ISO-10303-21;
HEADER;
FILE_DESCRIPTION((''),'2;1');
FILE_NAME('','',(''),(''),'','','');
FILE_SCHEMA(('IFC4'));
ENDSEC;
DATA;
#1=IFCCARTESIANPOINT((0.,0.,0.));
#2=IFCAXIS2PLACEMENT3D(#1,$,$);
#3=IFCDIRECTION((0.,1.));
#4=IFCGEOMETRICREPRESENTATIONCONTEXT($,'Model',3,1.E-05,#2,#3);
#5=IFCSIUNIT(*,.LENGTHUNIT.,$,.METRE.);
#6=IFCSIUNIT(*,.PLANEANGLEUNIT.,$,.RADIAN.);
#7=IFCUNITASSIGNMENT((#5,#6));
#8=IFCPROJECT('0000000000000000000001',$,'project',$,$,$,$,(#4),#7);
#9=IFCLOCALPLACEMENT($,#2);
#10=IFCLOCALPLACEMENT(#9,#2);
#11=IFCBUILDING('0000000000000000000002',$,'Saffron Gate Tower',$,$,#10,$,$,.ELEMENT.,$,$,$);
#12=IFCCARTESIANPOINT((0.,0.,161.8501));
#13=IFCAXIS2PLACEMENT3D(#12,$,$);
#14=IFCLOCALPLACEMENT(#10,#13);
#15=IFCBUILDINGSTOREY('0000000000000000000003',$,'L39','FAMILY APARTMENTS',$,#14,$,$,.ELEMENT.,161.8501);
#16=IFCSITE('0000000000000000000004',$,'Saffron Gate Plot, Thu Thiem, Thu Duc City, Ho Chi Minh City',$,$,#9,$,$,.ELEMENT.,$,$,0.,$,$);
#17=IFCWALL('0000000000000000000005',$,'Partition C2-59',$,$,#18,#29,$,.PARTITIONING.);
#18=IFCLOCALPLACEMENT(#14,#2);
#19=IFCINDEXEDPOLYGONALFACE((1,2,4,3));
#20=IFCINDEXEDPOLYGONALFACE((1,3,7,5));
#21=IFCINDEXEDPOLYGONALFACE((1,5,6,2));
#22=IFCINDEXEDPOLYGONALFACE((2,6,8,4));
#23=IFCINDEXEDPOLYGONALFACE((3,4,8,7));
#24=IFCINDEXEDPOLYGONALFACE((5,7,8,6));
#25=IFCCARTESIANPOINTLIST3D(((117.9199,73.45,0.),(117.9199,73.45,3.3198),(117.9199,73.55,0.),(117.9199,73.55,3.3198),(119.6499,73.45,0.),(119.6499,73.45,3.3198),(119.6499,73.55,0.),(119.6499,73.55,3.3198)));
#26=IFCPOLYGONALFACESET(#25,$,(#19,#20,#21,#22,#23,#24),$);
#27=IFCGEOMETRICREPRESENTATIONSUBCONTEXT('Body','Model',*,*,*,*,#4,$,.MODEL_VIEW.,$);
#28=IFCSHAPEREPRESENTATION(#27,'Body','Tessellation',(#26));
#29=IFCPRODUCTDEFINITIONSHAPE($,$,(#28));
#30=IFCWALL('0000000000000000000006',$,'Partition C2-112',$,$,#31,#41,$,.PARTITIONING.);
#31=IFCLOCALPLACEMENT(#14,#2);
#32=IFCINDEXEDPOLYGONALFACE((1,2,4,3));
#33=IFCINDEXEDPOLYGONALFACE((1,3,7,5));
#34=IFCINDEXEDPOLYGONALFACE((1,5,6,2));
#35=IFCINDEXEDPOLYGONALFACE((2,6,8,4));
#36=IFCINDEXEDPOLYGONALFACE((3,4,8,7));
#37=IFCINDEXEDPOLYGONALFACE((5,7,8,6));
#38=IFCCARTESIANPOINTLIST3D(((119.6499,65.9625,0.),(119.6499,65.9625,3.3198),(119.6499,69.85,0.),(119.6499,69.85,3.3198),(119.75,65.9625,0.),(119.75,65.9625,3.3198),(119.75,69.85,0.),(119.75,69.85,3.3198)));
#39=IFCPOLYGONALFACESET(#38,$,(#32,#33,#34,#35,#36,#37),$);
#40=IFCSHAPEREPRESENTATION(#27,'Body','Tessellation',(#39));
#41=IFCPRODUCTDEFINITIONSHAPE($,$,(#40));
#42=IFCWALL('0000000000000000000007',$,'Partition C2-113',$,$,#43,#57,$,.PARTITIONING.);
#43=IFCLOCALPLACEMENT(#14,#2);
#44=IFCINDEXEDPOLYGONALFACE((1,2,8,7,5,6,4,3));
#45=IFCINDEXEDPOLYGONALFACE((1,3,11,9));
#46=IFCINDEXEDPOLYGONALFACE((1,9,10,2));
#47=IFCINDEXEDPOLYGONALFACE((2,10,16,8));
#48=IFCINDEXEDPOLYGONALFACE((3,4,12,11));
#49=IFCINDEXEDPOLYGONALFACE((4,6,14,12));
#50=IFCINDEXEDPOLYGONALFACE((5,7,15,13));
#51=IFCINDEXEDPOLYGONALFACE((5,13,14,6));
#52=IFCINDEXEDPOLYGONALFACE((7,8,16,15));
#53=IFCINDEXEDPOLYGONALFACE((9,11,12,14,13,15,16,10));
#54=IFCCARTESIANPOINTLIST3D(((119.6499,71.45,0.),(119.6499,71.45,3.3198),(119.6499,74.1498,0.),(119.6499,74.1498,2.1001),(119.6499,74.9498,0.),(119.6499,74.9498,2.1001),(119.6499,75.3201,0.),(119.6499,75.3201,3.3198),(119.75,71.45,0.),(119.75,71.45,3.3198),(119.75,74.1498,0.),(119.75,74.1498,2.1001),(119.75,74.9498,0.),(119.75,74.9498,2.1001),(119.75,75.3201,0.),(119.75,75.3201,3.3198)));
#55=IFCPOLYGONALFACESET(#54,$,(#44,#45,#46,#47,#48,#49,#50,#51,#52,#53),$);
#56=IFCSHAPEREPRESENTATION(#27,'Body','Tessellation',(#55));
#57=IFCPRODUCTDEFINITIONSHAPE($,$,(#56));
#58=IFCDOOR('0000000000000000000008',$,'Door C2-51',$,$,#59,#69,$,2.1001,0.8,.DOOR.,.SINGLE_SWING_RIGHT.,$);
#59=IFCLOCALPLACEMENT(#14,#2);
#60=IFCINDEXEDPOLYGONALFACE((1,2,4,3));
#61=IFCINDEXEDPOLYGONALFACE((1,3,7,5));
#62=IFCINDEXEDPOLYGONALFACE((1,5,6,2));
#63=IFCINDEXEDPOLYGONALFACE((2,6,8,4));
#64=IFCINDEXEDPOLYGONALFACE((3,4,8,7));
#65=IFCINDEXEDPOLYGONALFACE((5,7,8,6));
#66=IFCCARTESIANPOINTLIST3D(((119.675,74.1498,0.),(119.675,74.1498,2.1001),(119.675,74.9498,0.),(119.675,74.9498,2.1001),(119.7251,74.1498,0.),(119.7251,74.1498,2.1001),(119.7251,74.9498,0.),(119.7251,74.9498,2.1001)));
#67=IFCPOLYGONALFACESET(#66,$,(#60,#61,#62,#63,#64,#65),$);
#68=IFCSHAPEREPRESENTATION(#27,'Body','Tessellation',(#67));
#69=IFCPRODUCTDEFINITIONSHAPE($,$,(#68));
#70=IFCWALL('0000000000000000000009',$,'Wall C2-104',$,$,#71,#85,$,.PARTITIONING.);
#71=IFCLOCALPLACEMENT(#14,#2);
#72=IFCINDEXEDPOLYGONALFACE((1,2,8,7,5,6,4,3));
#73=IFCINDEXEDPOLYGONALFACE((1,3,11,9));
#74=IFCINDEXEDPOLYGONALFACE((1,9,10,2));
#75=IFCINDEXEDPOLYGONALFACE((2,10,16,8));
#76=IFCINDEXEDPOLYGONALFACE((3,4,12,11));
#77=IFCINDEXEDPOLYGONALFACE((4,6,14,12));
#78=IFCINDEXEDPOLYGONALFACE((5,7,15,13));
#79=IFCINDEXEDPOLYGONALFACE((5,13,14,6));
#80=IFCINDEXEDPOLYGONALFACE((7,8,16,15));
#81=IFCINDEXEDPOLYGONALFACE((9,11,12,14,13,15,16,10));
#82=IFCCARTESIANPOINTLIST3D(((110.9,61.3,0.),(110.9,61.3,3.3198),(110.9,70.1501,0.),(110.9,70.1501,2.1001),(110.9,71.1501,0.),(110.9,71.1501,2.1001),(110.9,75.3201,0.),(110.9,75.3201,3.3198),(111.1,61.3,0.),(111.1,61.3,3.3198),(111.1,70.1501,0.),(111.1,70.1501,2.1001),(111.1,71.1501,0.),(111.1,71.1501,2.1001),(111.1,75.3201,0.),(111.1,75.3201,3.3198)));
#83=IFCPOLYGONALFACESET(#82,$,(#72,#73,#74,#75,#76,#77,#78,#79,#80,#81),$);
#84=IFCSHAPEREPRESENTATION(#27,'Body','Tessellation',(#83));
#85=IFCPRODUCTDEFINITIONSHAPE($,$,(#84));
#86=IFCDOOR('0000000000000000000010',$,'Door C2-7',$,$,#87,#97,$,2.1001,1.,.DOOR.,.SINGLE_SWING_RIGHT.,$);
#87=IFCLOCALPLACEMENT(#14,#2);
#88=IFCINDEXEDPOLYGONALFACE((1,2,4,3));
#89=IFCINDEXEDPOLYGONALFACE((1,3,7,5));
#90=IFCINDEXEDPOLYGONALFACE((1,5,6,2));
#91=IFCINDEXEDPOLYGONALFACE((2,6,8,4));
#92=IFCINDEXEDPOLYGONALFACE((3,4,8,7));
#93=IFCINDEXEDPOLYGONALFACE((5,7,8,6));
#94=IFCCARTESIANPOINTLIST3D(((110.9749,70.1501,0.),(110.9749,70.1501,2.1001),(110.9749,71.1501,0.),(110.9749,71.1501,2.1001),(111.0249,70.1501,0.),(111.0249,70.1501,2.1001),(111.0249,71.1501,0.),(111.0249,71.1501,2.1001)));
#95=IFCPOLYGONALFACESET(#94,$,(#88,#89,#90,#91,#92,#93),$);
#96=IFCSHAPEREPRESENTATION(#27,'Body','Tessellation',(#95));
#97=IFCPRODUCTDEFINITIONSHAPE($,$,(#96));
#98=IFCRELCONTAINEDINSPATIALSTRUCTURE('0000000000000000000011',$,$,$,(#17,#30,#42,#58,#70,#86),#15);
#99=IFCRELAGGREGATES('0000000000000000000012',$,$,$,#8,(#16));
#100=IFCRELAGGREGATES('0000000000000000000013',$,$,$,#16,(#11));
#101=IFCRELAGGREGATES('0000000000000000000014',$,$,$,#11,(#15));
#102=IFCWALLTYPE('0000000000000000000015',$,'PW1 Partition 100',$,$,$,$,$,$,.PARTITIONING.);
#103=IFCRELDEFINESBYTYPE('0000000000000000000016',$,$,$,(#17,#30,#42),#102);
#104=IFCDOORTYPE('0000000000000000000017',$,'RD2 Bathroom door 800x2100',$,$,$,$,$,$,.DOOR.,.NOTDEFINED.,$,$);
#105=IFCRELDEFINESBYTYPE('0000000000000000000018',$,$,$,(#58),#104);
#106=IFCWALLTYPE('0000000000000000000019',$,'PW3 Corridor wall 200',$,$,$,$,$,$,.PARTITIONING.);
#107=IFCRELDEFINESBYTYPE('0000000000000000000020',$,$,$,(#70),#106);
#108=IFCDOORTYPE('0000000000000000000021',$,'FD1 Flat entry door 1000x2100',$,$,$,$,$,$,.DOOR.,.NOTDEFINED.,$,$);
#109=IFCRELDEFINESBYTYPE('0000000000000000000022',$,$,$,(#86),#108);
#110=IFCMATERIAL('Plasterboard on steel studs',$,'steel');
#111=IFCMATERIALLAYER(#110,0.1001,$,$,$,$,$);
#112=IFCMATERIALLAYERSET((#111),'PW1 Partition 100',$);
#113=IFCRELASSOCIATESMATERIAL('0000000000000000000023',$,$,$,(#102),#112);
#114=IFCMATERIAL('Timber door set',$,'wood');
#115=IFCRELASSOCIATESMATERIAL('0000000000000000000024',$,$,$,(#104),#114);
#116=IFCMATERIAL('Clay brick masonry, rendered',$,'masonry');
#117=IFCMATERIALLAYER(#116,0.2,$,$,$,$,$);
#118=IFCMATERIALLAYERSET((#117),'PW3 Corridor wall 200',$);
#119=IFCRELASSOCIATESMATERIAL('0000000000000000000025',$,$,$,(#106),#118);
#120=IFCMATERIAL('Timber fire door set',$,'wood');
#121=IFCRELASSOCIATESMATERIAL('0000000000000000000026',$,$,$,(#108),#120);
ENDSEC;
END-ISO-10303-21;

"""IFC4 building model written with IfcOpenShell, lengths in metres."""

from ifc_helpers import new_model, si_unit, direction, frame, frame_2d, origin, place, context, subcontext, project, spatial, rectangle, extrude, material, layer, layer_set, type_object, element, fill, save


model = new_model("IFC4")

# Units and contexts
model_context = context("Model", 3, precision=1e-05, world=origin(), true_north=direction((0.0, 1.0)))
body_context = subcontext(model_context, "Body", "Model", "MODEL_VIEW")
ifc_project = project(units=[si_unit("LENGTHUNIT", "METRE"), si_unit("PLANEANGLEUNIT", "RADIAN")], contexts=[model_context])

# Site, building, storey
site_placement = place(None, origin())
site = spatial("IfcSite", under=ifc_project, at=site_placement, Name="Saffron Gate Plot, Thu Thiem, Thu Duc City, Ho Chi Minh City", CompositionType="ELEMENT", RefElevation=0.0)
building_placement = place(site_placement, origin())
building = spatial("IfcBuilding", under=site, at=building_placement, Name="Saffron Gate Tower", CompositionType="ELEMENT")
storey_placement = place(building_placement, frame((0.0, 0.0, 161.8501)))
storey = spatial("IfcBuildingStorey", under=building, at=storey_placement, Name="L39", Description="FAMILY APARTMENTS", CompositionType="ELEMENT", Elevation=161.8501)

# Shared definitions
ifc_material_1 = material(Name="Plasterboard on steel studs", Category="steel")
ifc_layer_1 = layer(ifc_material_1, 0.1001)
ifc_layer_set_1 = layer_set([ifc_layer_1], Name="PW1 Partition 100")
wall_type_1 = type_object("IfcWallType", Name="PW1 Partition 100", PredefinedType="PARTITIONING", material=ifc_layer_set_1)

# Shared definitions
ifc_material_2 = material(Name="Timber door set", Category="wood")
door_type_1 = type_object("IfcDoorType", Name="RD2 Bathroom door 800x2100", OperationType="NOTDEFINED", PredefinedType="DOOR", material=ifc_material_2)

# Walls
wall_1_placement = place(storey_placement, frame((117.9199, 73.5, 0.0), z_axis=(0.0, 0.0, 1.0), x_axis=(1.0, 0.0, 0.0)))
element("IfcWall", 1, at=wall_1_placement, inside=storey, type_object=wall_type_1, Name="Partition C2-59", PredefinedType="PARTITIONING", context=body_context, shape_type="SweptSolid", body=[
    extrude(rectangle(XDim=1.73, YDim=0.1001, at=frame_2d((0.865, 0.0))), origin(), (0.0, 0.0, 1.0), 3.3198),
])
wall_2_placement = place(storey_placement, frame((119.7, 69.8501, 0.0), z_axis=(0.0, 0.0, 1.0), x_axis=(0.0, -1.0, 0.0)))
element("IfcWall", 2, at=wall_2_placement, inside=storey, type_object=wall_type_1, Name="Partition C2-112", PredefinedType="PARTITIONING", context=body_context, shape_type="SweptSolid", body=[
    extrude(rectangle(XDim=3.8875, YDim=0.1001, at=frame_2d((1.9438, 0.0))), origin(), (0.0, 0.0, 1.0), 3.3198),
])

# Walls, openings, doors
wall_3_placement = place(storey_placement, frame((119.7, 71.45, 0.0), z_axis=(0.0, 0.0, 1.0), x_axis=(0.0, 1.0, 0.0)))
wall_3 = element("IfcWall", 3, at=wall_3_placement, inside=storey, type_object=wall_type_1, Name="Partition C2-113", PredefinedType="PARTITIONING", context=body_context, shape_type="SweptSolid", body=[
    extrude(rectangle(XDim=3.8701, YDim=0.1001, at=frame_2d((1.9351, 0.0))), origin(), (0.0, 0.0, 1.0), 3.3198),
])
opening_1_placement = place(wall_3_placement, frame((2.7, 0.0, 0.0)))
opening_1 = element("IfcOpeningElement", 4, at=opening_1_placement, cuts=wall_3, PredefinedType="OPENING", context=body_context, shape_type="SweptSolid", body=[
    extrude(rectangle(XDim=0.8, YDim=2.1001, at=frame_2d((0.3999, 1.05))), frame((0.0, 0.0601, 0.0), z_axis=(0.0, -1.0, 0.0), x_axis=(1.0, 0.0, 0.0)), (0.0, 0.0, 1.0), 0.1201),
])
door_1_placement = place(opening_1_placement, origin())
door_1 = element("IfcDoor", 5, at=door_1_placement, inside=storey, type_object=door_type_1, Name="Door C2-51", OperationType="SINGLE_SWING_RIGHT", OverallHeight=2.1001, OverallWidth=0.8, PredefinedType="DOOR", context=body_context, shape_type="SweptSolid", body=[
    extrude(rectangle(XDim=0.8, YDim=2.1001, at=frame_2d((0.3999, 1.05))), frame((0.0, 0.0249, 0.0), z_axis=(0.0, -1.0, 0.0), x_axis=(1.0, 0.0, 0.0)), (0.0, 0.0, 1.0), 0.05),
])
fill(opening_1, door_1)
ifc_material_3 = material(Name="Clay brick masonry, rendered", Category="masonry")
ifc_layer_2 = layer(ifc_material_3, 0.2)
ifc_layer_set_2 = layer_set([ifc_layer_2], Name="PW3 Corridor wall 200")
wall_type_2 = type_object("IfcWallType", Name="PW3 Corridor wall 200", PredefinedType="PARTITIONING", material=ifc_layer_set_2)
wall_4_placement = place(storey_placement, frame((111.0, 75.3201, 0.0), z_axis=(0.0, 0.0, 1.0), x_axis=(0.0, -1.0, 0.0)))
wall_4 = element("IfcWall", 6, at=wall_4_placement, inside=storey, type_object=wall_type_2, Name="Wall C2-104", PredefinedType="PARTITIONING", context=body_context, shape_type="SweptSolid", body=[
    extrude(rectangle(XDim=14.02, YDim=0.2, at=frame_2d((7.01, 0.0))), origin(), (0.0, 0.0, 1.0), 3.3198),
])
opening_2_placement = place(wall_4_placement, frame((4.1699, 0.0, 0.0)))
opening_2 = element("IfcOpeningElement", 7, at=opening_2_placement, cuts=wall_4, PredefinedType="OPENING", context=body_context, shape_type="SweptSolid", body=[
    extrude(rectangle(XDim=1.0, YDim=2.1001, at=frame_2d((0.5, 1.05))), frame((0.0, 0.1099, 0.0), z_axis=(0.0, -1.0, 0.0), x_axis=(1.0, 0.0, 0.0)), (0.0, 0.0, 1.0), 0.22),
])
ifc_material_4 = material(Name="Timber fire door set", Category="wood")
door_type_2 = type_object("IfcDoorType", Name="FD1 Flat entry door 1000x2100", OperationType="NOTDEFINED", PredefinedType="DOOR", material=ifc_material_4)
door_2_placement = place(opening_2_placement, origin())
door_2 = element("IfcDoor", 8, at=door_2_placement, inside=storey, type_object=door_type_2, Name="Door C2-7", OperationType="SINGLE_SWING_RIGHT", OverallHeight=2.1001, OverallWidth=1.0, PredefinedType="DOOR", context=body_context, shape_type="SweptSolid", body=[
    extrude(rectangle(XDim=1.0, YDim=2.1001, at=frame_2d((0.5, 1.05))), frame((0.0, 0.0249, 0.0), z_axis=(0.0, -1.0, 0.0), x_axis=(1.0, 0.0, 0.0)), (0.0, 0.0, 1.0), 0.05),
])
fill(opening_2, door_2)

save(model, "model.ifc")
